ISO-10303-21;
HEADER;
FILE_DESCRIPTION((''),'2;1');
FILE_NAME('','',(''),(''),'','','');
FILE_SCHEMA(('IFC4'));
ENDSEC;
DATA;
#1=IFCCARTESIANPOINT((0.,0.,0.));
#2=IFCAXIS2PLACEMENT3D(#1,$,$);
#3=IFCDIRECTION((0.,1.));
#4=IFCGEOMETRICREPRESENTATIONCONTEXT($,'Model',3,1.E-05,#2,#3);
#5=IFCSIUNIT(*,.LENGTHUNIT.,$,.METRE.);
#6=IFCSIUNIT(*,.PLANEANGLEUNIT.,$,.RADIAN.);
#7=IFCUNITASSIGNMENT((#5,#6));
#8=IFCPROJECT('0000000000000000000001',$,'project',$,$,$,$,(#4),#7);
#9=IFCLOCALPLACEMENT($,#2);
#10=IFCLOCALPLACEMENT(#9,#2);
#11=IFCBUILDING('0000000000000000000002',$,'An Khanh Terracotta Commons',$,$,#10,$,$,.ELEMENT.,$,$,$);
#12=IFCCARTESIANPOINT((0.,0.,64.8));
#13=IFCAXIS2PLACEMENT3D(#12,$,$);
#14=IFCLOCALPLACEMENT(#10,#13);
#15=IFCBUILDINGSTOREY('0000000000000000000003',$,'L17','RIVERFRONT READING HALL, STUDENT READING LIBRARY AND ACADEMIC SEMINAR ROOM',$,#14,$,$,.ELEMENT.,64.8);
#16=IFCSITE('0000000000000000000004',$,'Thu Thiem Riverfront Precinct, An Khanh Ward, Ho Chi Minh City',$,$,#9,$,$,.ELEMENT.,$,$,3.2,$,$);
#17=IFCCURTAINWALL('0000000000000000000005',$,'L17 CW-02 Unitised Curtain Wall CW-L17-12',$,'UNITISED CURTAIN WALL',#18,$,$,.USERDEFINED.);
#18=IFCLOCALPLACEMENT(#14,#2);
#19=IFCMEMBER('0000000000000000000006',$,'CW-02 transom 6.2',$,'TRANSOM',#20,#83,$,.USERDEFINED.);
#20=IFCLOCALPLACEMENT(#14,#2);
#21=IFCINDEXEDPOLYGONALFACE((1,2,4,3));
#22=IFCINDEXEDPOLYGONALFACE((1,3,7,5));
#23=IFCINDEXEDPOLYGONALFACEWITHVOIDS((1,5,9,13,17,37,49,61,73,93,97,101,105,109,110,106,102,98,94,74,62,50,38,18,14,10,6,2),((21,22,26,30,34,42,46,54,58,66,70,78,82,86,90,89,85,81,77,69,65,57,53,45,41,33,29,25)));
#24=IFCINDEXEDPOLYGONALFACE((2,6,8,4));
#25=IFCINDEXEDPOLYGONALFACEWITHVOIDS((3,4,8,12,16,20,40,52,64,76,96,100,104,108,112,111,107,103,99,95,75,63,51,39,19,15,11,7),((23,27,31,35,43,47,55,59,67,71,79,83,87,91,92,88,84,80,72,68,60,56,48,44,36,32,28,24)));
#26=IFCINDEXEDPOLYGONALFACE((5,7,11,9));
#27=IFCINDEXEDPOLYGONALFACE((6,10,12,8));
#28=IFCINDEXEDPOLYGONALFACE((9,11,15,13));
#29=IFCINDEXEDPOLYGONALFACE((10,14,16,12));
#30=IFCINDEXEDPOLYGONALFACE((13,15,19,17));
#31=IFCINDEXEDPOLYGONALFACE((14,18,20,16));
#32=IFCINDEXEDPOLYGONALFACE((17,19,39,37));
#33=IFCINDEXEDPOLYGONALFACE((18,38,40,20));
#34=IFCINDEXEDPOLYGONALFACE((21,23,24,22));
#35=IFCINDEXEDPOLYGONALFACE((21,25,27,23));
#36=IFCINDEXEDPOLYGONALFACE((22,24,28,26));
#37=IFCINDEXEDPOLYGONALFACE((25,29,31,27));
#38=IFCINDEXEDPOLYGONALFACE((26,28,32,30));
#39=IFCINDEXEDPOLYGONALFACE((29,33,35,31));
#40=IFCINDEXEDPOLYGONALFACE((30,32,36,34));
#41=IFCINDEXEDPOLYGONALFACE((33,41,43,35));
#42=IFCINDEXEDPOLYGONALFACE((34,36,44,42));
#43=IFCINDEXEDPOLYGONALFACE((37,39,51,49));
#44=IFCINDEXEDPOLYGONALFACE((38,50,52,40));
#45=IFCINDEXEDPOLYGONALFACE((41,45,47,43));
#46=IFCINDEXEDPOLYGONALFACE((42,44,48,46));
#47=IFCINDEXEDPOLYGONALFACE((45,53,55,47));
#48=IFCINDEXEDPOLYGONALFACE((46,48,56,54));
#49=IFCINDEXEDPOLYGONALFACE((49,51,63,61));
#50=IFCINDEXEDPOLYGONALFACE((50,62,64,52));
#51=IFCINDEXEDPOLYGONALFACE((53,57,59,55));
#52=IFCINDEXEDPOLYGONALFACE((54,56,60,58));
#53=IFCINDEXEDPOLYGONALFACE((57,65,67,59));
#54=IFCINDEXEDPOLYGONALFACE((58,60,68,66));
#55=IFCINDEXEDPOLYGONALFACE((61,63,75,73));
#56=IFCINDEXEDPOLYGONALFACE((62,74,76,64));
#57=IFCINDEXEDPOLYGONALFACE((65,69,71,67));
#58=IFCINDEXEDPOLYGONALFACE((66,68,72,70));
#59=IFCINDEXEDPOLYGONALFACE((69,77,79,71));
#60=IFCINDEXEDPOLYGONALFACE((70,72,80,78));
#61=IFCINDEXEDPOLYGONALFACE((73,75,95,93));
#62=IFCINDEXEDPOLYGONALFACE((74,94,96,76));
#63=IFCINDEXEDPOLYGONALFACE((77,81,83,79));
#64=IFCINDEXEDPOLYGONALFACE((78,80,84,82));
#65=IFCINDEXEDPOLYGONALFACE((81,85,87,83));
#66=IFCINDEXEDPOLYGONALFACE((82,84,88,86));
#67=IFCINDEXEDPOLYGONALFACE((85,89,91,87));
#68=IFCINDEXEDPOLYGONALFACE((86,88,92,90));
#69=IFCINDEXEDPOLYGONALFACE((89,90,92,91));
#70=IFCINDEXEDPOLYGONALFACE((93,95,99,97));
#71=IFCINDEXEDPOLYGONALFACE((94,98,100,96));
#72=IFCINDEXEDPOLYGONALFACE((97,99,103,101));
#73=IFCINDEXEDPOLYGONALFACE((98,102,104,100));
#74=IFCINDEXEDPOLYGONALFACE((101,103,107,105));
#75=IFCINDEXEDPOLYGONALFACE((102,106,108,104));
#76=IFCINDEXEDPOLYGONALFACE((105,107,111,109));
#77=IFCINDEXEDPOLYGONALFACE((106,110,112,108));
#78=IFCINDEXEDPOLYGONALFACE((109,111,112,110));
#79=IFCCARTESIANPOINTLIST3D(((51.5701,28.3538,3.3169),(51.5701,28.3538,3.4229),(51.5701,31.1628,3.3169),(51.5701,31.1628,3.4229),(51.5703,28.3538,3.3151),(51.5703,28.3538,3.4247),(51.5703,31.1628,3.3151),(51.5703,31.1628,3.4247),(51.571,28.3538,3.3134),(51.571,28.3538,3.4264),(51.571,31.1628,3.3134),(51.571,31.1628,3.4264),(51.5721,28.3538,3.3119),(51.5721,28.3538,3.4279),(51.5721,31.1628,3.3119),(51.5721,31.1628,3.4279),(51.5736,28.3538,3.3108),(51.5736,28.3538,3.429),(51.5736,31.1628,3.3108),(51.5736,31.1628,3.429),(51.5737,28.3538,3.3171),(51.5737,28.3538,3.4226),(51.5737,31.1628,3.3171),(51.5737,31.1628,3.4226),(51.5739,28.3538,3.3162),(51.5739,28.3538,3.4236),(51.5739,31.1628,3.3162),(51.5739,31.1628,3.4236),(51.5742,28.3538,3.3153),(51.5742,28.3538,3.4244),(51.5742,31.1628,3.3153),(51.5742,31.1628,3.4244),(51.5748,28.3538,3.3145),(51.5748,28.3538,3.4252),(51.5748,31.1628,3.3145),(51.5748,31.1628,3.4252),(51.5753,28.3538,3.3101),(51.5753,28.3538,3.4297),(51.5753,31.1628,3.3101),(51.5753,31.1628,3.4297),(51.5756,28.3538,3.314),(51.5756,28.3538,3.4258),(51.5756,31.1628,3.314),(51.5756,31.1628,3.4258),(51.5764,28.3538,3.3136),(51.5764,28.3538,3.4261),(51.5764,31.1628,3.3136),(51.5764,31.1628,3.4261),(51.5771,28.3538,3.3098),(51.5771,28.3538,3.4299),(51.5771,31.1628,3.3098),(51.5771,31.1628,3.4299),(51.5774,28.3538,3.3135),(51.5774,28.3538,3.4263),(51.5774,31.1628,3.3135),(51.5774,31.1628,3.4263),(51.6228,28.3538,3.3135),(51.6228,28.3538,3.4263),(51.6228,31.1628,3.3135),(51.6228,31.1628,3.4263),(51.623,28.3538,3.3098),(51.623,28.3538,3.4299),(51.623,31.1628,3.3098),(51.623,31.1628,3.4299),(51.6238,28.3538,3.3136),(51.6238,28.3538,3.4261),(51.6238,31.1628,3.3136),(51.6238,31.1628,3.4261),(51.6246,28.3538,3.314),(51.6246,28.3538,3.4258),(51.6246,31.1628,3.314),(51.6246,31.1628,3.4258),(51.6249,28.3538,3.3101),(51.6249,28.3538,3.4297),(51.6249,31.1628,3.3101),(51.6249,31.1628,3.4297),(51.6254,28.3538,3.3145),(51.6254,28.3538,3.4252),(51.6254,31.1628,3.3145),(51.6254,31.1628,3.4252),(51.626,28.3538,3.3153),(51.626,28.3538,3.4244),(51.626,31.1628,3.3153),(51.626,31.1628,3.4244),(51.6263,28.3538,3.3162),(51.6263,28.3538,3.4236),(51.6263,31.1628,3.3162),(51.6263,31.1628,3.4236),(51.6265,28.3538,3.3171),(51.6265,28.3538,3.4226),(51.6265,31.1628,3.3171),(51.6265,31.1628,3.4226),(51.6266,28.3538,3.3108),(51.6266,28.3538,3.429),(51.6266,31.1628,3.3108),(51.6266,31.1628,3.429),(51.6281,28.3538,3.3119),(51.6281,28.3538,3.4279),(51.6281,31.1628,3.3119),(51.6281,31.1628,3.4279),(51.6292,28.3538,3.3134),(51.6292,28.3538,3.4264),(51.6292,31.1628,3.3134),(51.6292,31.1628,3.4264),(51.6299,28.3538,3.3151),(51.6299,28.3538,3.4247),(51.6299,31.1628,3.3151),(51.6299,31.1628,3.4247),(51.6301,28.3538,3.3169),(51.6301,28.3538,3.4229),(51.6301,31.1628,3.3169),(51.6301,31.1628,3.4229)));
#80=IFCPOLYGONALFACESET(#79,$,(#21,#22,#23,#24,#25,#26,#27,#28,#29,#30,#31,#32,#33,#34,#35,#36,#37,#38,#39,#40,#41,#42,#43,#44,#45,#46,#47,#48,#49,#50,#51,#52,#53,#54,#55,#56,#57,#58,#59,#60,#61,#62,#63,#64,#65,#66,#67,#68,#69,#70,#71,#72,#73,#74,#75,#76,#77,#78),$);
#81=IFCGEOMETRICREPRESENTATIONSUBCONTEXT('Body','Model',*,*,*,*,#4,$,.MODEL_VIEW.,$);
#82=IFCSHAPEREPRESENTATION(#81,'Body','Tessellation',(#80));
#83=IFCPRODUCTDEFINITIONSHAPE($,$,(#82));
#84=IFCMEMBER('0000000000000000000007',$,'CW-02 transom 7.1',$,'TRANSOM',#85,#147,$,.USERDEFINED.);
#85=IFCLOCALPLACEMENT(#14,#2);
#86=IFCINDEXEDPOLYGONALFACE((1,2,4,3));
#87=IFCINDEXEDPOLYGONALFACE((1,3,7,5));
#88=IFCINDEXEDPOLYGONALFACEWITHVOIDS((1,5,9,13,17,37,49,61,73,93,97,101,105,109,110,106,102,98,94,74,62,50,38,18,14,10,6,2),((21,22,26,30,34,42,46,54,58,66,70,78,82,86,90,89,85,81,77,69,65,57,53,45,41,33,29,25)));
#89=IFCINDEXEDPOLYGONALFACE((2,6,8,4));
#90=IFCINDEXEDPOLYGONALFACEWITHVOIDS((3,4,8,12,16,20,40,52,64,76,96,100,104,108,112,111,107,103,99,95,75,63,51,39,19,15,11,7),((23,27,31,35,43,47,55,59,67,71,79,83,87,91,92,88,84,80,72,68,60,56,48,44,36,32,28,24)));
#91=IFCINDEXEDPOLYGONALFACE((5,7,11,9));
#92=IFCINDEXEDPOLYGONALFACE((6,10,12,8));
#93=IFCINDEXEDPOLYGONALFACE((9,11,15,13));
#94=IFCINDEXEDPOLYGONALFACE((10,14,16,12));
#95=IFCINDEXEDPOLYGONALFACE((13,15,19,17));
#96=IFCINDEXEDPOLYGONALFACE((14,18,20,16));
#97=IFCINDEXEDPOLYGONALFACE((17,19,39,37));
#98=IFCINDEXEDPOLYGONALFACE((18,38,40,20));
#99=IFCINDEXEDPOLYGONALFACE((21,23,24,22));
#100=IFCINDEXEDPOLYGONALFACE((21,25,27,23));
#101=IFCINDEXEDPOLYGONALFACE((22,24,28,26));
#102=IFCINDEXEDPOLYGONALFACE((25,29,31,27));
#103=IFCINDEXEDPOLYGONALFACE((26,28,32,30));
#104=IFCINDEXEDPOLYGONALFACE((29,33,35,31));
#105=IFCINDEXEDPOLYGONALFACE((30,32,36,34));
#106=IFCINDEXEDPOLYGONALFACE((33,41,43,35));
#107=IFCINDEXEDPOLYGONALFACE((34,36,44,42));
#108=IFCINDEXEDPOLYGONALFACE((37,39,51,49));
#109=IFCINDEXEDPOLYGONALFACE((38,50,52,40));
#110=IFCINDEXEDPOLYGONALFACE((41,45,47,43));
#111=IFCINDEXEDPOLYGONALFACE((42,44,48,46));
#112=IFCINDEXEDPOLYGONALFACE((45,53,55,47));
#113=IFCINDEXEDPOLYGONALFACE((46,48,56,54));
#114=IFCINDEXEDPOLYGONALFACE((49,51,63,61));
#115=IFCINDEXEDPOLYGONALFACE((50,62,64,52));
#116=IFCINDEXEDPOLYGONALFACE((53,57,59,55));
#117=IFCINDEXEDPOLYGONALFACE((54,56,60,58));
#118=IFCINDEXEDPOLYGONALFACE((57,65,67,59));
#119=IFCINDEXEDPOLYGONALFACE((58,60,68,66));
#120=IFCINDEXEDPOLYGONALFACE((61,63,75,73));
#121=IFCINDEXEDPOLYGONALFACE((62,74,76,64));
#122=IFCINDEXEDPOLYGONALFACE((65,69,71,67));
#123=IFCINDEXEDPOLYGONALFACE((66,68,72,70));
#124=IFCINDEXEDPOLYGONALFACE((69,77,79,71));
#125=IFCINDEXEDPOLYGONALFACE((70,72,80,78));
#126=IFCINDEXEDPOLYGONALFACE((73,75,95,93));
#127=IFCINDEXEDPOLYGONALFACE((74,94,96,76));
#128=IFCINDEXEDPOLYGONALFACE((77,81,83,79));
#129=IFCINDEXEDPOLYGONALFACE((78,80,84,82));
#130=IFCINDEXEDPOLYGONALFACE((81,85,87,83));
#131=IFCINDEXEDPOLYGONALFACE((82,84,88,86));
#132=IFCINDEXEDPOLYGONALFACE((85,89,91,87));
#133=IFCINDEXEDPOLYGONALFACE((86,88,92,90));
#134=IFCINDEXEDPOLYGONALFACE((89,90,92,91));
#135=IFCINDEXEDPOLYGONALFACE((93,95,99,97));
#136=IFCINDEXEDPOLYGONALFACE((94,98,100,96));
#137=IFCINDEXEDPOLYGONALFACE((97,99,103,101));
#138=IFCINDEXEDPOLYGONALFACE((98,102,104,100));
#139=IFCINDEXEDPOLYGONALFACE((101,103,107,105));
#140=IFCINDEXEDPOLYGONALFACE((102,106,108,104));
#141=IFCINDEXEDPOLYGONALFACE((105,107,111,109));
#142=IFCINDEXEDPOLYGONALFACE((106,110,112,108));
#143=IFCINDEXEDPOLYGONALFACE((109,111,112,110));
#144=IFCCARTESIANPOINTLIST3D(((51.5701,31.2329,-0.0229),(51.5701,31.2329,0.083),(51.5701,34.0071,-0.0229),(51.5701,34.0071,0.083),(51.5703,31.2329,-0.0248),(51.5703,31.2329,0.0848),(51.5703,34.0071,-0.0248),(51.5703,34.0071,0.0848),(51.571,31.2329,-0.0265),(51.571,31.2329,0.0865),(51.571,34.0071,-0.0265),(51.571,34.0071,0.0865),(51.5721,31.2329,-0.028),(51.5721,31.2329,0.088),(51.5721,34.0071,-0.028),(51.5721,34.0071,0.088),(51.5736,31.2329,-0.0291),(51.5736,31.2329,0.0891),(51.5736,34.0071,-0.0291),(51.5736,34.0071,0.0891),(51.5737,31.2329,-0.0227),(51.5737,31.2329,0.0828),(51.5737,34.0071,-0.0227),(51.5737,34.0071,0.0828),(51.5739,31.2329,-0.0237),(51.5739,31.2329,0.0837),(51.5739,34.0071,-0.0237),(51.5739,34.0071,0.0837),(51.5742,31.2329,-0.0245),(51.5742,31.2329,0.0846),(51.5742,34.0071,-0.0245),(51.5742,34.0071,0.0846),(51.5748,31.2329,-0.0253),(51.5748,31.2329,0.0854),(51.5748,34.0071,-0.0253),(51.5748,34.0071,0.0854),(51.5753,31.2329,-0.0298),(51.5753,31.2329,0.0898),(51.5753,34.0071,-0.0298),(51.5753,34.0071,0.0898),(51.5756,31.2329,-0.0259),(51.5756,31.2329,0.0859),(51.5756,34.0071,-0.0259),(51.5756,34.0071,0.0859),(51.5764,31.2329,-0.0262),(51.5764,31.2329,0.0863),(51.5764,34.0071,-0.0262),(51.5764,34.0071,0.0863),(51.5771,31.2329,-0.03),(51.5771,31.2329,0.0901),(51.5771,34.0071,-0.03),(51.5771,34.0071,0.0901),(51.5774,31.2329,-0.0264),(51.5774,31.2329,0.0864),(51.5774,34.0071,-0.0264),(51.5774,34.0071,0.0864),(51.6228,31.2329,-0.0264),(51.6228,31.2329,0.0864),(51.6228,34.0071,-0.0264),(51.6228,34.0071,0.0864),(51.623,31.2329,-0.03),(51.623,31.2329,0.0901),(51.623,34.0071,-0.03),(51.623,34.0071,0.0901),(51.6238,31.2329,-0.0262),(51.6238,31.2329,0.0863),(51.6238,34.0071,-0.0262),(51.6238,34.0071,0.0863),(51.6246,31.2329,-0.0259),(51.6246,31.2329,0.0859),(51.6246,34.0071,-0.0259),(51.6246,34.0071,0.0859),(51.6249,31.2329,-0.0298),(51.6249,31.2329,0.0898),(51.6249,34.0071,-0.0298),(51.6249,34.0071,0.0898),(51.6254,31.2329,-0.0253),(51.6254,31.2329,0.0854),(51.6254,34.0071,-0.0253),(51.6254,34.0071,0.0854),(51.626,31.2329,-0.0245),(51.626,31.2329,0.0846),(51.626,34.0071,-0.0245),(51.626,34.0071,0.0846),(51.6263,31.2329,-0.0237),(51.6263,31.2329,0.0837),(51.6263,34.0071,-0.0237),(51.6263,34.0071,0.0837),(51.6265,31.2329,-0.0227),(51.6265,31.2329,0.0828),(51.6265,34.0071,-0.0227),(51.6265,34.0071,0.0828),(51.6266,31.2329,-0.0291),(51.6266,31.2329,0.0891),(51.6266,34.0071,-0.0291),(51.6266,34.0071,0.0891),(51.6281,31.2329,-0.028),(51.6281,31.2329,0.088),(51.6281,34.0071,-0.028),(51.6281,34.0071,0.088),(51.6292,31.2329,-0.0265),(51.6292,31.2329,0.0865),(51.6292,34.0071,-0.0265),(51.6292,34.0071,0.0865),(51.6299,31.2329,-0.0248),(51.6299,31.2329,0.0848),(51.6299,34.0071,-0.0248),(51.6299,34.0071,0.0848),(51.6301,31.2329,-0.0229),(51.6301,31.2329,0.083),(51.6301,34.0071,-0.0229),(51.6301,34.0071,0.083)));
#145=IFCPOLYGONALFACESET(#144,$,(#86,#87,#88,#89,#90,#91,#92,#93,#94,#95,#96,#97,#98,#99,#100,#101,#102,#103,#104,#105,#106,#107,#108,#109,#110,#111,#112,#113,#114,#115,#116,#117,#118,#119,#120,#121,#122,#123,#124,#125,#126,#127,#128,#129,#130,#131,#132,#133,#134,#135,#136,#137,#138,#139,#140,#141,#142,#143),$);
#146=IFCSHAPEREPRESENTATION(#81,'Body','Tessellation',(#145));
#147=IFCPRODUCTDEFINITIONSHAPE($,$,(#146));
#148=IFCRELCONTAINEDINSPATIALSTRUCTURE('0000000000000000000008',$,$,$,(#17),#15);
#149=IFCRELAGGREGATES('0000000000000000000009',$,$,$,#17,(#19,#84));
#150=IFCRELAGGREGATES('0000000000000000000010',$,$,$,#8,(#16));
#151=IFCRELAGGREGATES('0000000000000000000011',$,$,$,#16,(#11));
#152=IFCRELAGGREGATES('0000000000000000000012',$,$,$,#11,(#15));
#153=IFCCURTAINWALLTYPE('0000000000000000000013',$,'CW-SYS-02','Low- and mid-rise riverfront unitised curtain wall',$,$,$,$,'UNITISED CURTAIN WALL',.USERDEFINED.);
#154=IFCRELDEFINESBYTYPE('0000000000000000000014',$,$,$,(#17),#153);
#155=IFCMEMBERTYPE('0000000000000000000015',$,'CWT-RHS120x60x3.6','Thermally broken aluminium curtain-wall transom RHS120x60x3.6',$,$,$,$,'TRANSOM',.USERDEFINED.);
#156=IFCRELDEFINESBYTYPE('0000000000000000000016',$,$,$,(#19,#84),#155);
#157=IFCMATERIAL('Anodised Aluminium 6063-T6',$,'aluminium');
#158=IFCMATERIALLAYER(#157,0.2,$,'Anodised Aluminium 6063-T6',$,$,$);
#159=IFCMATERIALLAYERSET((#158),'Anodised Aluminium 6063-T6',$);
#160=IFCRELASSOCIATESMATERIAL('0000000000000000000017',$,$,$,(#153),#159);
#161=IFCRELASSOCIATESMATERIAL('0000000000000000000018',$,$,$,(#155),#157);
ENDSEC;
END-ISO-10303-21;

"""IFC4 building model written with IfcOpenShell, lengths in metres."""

from ifc_helpers import new_model, si_unit, direction, frame, origin, origin_2d, place, context, subcontext, project, spatial, hollow_rectangle, extrude, material, layer, layer_set, material_profile, profile_set, type_object, element, aggregate, save


model = new_model("IFC4")

# Units and contexts
model_context = context("Model", 3, precision=1e-05, world=origin(), true_north=direction((0.0, 1.0)))
body_context = subcontext(model_context, "Body", "Model", "MODEL_VIEW")
ifc_project = project(units=[si_unit("LENGTHUNIT", "METRE"), si_unit("PLANEANGLEUNIT", "RADIAN")], contexts=[model_context])

# Site, building, storey
site_placement = place(None, origin())
site = spatial("IfcSite", under=ifc_project, at=site_placement, Name="Thu Thiem Riverfront Precinct, An Khanh Ward, Ho Chi Minh City", CompositionType="ELEMENT", RefElevation=3.2)
building_placement = place(site_placement, origin())
building = spatial("IfcBuilding", under=site, at=building_placement, Name="An Khanh Terracotta Commons", CompositionType="ELEMENT")
storey_placement = place(building_placement, frame((0.0, 0.0, 64.8)))
storey = spatial("IfcBuildingStorey", under=building, at=storey_placement, Name="L17", Description="RIVERFRONT READING HALL, STUDENT READING LIBRARY AND ACADEMIC SEMINAR ROOM", CompositionType="ELEMENT", Elevation=64.8)

# Curtain wall, members
ifc_material_1 = material(Name="Anodised Aluminium 6063-T6", Category="aluminium")
ifc_layer_1 = layer(ifc_material_1, 0.2, Name="Anodised Aluminium 6063-T6")
ifc_layer_set_1 = layer_set([ifc_layer_1], Name="Anodised Aluminium 6063-T6")
curtain_wall_type = type_object("IfcCurtainWallType", Name="CW-SYS-02", Description="Low- and mid-rise riverfront unitised curtain wall", ElementType="UNITISED CURTAIN WALL", PredefinedType="USERDEFINED", material=ifc_layer_set_1)
curtain_wall_placement = place(storey_placement, origin())
curtain_wall = element("IfcCurtainWall", 1, at=curtain_wall_placement, inside=storey, type_object=curtain_wall_type, Name="L17 CW-02 Unitised Curtain Wall CW-L17-12", ObjectType="UNITISED CURTAIN WALL", PredefinedType="USERDEFINED")
ifc_material_profile_1 = material_profile(ifc_material_1, hollow_rectangle(XDim=0.0601, YDim=0.1201, WallThickness=0.0037, InnerFilletRadius=0.0037, OuterFilletRadius=0.0071, at=origin_2d()), Name="RHS120x60x3.6")
ifc_profile_set_1 = profile_set([ifc_material_profile_1], Name="Anodised Aluminium 6063-T6")
member_type_1 = type_object("IfcMemberType", Name="CWT-RHS120x60x3.6", Description="Thermally broken aluminium curtain-wall transom RHS120x60x3.6", ElementType="TRANSOM", PredefinedType="USERDEFINED", material=ifc_profile_set_1)
member_1_placement = place(storey_placement, frame((51.6001, 28.3538, 3.3699), z_axis=(0.0, 1.0, 0.0), x_axis=(-1.0, 0.0, 0.0)))
member_1 = element("IfcMember", 2, at=member_1_placement, type_object=member_type_1, Name="CW-02 transom 6.2", ObjectType="TRANSOM", PredefinedType="USERDEFINED", context=body_context, shape_type="SweptSolid", body=[
    extrude(hollow_rectangle(XDim=0.0601, YDim=0.1201, WallThickness=0.0037, InnerFilletRadius=0.0037, OuterFilletRadius=0.0071, at=origin_2d()), origin(), (0.0, 0.0, 1.0), 2.8091),
])
member_2_placement = place(storey_placement, frame((51.6001, 31.2329, 0.03), z_axis=(0.0, 1.0, 0.0), x_axis=(-1.0, 0.0, 0.0)))
member_2 = element("IfcMember", 3, at=member_2_placement, type_object=member_type_1, Name="CW-02 transom 7.1", ObjectType="TRANSOM", PredefinedType="USERDEFINED", context=body_context, shape_type="SweptSolid", body=[
    extrude(hollow_rectangle(XDim=0.0601, YDim=0.1201, WallThickness=0.0037, InnerFilletRadius=0.0037, OuterFilletRadius=0.0071, at=origin_2d()), origin(), (0.0, 0.0, 1.0), 2.7742),
])
aggregate(curtain_wall, [member_1, member_2])

save(model, "model.ifc")
